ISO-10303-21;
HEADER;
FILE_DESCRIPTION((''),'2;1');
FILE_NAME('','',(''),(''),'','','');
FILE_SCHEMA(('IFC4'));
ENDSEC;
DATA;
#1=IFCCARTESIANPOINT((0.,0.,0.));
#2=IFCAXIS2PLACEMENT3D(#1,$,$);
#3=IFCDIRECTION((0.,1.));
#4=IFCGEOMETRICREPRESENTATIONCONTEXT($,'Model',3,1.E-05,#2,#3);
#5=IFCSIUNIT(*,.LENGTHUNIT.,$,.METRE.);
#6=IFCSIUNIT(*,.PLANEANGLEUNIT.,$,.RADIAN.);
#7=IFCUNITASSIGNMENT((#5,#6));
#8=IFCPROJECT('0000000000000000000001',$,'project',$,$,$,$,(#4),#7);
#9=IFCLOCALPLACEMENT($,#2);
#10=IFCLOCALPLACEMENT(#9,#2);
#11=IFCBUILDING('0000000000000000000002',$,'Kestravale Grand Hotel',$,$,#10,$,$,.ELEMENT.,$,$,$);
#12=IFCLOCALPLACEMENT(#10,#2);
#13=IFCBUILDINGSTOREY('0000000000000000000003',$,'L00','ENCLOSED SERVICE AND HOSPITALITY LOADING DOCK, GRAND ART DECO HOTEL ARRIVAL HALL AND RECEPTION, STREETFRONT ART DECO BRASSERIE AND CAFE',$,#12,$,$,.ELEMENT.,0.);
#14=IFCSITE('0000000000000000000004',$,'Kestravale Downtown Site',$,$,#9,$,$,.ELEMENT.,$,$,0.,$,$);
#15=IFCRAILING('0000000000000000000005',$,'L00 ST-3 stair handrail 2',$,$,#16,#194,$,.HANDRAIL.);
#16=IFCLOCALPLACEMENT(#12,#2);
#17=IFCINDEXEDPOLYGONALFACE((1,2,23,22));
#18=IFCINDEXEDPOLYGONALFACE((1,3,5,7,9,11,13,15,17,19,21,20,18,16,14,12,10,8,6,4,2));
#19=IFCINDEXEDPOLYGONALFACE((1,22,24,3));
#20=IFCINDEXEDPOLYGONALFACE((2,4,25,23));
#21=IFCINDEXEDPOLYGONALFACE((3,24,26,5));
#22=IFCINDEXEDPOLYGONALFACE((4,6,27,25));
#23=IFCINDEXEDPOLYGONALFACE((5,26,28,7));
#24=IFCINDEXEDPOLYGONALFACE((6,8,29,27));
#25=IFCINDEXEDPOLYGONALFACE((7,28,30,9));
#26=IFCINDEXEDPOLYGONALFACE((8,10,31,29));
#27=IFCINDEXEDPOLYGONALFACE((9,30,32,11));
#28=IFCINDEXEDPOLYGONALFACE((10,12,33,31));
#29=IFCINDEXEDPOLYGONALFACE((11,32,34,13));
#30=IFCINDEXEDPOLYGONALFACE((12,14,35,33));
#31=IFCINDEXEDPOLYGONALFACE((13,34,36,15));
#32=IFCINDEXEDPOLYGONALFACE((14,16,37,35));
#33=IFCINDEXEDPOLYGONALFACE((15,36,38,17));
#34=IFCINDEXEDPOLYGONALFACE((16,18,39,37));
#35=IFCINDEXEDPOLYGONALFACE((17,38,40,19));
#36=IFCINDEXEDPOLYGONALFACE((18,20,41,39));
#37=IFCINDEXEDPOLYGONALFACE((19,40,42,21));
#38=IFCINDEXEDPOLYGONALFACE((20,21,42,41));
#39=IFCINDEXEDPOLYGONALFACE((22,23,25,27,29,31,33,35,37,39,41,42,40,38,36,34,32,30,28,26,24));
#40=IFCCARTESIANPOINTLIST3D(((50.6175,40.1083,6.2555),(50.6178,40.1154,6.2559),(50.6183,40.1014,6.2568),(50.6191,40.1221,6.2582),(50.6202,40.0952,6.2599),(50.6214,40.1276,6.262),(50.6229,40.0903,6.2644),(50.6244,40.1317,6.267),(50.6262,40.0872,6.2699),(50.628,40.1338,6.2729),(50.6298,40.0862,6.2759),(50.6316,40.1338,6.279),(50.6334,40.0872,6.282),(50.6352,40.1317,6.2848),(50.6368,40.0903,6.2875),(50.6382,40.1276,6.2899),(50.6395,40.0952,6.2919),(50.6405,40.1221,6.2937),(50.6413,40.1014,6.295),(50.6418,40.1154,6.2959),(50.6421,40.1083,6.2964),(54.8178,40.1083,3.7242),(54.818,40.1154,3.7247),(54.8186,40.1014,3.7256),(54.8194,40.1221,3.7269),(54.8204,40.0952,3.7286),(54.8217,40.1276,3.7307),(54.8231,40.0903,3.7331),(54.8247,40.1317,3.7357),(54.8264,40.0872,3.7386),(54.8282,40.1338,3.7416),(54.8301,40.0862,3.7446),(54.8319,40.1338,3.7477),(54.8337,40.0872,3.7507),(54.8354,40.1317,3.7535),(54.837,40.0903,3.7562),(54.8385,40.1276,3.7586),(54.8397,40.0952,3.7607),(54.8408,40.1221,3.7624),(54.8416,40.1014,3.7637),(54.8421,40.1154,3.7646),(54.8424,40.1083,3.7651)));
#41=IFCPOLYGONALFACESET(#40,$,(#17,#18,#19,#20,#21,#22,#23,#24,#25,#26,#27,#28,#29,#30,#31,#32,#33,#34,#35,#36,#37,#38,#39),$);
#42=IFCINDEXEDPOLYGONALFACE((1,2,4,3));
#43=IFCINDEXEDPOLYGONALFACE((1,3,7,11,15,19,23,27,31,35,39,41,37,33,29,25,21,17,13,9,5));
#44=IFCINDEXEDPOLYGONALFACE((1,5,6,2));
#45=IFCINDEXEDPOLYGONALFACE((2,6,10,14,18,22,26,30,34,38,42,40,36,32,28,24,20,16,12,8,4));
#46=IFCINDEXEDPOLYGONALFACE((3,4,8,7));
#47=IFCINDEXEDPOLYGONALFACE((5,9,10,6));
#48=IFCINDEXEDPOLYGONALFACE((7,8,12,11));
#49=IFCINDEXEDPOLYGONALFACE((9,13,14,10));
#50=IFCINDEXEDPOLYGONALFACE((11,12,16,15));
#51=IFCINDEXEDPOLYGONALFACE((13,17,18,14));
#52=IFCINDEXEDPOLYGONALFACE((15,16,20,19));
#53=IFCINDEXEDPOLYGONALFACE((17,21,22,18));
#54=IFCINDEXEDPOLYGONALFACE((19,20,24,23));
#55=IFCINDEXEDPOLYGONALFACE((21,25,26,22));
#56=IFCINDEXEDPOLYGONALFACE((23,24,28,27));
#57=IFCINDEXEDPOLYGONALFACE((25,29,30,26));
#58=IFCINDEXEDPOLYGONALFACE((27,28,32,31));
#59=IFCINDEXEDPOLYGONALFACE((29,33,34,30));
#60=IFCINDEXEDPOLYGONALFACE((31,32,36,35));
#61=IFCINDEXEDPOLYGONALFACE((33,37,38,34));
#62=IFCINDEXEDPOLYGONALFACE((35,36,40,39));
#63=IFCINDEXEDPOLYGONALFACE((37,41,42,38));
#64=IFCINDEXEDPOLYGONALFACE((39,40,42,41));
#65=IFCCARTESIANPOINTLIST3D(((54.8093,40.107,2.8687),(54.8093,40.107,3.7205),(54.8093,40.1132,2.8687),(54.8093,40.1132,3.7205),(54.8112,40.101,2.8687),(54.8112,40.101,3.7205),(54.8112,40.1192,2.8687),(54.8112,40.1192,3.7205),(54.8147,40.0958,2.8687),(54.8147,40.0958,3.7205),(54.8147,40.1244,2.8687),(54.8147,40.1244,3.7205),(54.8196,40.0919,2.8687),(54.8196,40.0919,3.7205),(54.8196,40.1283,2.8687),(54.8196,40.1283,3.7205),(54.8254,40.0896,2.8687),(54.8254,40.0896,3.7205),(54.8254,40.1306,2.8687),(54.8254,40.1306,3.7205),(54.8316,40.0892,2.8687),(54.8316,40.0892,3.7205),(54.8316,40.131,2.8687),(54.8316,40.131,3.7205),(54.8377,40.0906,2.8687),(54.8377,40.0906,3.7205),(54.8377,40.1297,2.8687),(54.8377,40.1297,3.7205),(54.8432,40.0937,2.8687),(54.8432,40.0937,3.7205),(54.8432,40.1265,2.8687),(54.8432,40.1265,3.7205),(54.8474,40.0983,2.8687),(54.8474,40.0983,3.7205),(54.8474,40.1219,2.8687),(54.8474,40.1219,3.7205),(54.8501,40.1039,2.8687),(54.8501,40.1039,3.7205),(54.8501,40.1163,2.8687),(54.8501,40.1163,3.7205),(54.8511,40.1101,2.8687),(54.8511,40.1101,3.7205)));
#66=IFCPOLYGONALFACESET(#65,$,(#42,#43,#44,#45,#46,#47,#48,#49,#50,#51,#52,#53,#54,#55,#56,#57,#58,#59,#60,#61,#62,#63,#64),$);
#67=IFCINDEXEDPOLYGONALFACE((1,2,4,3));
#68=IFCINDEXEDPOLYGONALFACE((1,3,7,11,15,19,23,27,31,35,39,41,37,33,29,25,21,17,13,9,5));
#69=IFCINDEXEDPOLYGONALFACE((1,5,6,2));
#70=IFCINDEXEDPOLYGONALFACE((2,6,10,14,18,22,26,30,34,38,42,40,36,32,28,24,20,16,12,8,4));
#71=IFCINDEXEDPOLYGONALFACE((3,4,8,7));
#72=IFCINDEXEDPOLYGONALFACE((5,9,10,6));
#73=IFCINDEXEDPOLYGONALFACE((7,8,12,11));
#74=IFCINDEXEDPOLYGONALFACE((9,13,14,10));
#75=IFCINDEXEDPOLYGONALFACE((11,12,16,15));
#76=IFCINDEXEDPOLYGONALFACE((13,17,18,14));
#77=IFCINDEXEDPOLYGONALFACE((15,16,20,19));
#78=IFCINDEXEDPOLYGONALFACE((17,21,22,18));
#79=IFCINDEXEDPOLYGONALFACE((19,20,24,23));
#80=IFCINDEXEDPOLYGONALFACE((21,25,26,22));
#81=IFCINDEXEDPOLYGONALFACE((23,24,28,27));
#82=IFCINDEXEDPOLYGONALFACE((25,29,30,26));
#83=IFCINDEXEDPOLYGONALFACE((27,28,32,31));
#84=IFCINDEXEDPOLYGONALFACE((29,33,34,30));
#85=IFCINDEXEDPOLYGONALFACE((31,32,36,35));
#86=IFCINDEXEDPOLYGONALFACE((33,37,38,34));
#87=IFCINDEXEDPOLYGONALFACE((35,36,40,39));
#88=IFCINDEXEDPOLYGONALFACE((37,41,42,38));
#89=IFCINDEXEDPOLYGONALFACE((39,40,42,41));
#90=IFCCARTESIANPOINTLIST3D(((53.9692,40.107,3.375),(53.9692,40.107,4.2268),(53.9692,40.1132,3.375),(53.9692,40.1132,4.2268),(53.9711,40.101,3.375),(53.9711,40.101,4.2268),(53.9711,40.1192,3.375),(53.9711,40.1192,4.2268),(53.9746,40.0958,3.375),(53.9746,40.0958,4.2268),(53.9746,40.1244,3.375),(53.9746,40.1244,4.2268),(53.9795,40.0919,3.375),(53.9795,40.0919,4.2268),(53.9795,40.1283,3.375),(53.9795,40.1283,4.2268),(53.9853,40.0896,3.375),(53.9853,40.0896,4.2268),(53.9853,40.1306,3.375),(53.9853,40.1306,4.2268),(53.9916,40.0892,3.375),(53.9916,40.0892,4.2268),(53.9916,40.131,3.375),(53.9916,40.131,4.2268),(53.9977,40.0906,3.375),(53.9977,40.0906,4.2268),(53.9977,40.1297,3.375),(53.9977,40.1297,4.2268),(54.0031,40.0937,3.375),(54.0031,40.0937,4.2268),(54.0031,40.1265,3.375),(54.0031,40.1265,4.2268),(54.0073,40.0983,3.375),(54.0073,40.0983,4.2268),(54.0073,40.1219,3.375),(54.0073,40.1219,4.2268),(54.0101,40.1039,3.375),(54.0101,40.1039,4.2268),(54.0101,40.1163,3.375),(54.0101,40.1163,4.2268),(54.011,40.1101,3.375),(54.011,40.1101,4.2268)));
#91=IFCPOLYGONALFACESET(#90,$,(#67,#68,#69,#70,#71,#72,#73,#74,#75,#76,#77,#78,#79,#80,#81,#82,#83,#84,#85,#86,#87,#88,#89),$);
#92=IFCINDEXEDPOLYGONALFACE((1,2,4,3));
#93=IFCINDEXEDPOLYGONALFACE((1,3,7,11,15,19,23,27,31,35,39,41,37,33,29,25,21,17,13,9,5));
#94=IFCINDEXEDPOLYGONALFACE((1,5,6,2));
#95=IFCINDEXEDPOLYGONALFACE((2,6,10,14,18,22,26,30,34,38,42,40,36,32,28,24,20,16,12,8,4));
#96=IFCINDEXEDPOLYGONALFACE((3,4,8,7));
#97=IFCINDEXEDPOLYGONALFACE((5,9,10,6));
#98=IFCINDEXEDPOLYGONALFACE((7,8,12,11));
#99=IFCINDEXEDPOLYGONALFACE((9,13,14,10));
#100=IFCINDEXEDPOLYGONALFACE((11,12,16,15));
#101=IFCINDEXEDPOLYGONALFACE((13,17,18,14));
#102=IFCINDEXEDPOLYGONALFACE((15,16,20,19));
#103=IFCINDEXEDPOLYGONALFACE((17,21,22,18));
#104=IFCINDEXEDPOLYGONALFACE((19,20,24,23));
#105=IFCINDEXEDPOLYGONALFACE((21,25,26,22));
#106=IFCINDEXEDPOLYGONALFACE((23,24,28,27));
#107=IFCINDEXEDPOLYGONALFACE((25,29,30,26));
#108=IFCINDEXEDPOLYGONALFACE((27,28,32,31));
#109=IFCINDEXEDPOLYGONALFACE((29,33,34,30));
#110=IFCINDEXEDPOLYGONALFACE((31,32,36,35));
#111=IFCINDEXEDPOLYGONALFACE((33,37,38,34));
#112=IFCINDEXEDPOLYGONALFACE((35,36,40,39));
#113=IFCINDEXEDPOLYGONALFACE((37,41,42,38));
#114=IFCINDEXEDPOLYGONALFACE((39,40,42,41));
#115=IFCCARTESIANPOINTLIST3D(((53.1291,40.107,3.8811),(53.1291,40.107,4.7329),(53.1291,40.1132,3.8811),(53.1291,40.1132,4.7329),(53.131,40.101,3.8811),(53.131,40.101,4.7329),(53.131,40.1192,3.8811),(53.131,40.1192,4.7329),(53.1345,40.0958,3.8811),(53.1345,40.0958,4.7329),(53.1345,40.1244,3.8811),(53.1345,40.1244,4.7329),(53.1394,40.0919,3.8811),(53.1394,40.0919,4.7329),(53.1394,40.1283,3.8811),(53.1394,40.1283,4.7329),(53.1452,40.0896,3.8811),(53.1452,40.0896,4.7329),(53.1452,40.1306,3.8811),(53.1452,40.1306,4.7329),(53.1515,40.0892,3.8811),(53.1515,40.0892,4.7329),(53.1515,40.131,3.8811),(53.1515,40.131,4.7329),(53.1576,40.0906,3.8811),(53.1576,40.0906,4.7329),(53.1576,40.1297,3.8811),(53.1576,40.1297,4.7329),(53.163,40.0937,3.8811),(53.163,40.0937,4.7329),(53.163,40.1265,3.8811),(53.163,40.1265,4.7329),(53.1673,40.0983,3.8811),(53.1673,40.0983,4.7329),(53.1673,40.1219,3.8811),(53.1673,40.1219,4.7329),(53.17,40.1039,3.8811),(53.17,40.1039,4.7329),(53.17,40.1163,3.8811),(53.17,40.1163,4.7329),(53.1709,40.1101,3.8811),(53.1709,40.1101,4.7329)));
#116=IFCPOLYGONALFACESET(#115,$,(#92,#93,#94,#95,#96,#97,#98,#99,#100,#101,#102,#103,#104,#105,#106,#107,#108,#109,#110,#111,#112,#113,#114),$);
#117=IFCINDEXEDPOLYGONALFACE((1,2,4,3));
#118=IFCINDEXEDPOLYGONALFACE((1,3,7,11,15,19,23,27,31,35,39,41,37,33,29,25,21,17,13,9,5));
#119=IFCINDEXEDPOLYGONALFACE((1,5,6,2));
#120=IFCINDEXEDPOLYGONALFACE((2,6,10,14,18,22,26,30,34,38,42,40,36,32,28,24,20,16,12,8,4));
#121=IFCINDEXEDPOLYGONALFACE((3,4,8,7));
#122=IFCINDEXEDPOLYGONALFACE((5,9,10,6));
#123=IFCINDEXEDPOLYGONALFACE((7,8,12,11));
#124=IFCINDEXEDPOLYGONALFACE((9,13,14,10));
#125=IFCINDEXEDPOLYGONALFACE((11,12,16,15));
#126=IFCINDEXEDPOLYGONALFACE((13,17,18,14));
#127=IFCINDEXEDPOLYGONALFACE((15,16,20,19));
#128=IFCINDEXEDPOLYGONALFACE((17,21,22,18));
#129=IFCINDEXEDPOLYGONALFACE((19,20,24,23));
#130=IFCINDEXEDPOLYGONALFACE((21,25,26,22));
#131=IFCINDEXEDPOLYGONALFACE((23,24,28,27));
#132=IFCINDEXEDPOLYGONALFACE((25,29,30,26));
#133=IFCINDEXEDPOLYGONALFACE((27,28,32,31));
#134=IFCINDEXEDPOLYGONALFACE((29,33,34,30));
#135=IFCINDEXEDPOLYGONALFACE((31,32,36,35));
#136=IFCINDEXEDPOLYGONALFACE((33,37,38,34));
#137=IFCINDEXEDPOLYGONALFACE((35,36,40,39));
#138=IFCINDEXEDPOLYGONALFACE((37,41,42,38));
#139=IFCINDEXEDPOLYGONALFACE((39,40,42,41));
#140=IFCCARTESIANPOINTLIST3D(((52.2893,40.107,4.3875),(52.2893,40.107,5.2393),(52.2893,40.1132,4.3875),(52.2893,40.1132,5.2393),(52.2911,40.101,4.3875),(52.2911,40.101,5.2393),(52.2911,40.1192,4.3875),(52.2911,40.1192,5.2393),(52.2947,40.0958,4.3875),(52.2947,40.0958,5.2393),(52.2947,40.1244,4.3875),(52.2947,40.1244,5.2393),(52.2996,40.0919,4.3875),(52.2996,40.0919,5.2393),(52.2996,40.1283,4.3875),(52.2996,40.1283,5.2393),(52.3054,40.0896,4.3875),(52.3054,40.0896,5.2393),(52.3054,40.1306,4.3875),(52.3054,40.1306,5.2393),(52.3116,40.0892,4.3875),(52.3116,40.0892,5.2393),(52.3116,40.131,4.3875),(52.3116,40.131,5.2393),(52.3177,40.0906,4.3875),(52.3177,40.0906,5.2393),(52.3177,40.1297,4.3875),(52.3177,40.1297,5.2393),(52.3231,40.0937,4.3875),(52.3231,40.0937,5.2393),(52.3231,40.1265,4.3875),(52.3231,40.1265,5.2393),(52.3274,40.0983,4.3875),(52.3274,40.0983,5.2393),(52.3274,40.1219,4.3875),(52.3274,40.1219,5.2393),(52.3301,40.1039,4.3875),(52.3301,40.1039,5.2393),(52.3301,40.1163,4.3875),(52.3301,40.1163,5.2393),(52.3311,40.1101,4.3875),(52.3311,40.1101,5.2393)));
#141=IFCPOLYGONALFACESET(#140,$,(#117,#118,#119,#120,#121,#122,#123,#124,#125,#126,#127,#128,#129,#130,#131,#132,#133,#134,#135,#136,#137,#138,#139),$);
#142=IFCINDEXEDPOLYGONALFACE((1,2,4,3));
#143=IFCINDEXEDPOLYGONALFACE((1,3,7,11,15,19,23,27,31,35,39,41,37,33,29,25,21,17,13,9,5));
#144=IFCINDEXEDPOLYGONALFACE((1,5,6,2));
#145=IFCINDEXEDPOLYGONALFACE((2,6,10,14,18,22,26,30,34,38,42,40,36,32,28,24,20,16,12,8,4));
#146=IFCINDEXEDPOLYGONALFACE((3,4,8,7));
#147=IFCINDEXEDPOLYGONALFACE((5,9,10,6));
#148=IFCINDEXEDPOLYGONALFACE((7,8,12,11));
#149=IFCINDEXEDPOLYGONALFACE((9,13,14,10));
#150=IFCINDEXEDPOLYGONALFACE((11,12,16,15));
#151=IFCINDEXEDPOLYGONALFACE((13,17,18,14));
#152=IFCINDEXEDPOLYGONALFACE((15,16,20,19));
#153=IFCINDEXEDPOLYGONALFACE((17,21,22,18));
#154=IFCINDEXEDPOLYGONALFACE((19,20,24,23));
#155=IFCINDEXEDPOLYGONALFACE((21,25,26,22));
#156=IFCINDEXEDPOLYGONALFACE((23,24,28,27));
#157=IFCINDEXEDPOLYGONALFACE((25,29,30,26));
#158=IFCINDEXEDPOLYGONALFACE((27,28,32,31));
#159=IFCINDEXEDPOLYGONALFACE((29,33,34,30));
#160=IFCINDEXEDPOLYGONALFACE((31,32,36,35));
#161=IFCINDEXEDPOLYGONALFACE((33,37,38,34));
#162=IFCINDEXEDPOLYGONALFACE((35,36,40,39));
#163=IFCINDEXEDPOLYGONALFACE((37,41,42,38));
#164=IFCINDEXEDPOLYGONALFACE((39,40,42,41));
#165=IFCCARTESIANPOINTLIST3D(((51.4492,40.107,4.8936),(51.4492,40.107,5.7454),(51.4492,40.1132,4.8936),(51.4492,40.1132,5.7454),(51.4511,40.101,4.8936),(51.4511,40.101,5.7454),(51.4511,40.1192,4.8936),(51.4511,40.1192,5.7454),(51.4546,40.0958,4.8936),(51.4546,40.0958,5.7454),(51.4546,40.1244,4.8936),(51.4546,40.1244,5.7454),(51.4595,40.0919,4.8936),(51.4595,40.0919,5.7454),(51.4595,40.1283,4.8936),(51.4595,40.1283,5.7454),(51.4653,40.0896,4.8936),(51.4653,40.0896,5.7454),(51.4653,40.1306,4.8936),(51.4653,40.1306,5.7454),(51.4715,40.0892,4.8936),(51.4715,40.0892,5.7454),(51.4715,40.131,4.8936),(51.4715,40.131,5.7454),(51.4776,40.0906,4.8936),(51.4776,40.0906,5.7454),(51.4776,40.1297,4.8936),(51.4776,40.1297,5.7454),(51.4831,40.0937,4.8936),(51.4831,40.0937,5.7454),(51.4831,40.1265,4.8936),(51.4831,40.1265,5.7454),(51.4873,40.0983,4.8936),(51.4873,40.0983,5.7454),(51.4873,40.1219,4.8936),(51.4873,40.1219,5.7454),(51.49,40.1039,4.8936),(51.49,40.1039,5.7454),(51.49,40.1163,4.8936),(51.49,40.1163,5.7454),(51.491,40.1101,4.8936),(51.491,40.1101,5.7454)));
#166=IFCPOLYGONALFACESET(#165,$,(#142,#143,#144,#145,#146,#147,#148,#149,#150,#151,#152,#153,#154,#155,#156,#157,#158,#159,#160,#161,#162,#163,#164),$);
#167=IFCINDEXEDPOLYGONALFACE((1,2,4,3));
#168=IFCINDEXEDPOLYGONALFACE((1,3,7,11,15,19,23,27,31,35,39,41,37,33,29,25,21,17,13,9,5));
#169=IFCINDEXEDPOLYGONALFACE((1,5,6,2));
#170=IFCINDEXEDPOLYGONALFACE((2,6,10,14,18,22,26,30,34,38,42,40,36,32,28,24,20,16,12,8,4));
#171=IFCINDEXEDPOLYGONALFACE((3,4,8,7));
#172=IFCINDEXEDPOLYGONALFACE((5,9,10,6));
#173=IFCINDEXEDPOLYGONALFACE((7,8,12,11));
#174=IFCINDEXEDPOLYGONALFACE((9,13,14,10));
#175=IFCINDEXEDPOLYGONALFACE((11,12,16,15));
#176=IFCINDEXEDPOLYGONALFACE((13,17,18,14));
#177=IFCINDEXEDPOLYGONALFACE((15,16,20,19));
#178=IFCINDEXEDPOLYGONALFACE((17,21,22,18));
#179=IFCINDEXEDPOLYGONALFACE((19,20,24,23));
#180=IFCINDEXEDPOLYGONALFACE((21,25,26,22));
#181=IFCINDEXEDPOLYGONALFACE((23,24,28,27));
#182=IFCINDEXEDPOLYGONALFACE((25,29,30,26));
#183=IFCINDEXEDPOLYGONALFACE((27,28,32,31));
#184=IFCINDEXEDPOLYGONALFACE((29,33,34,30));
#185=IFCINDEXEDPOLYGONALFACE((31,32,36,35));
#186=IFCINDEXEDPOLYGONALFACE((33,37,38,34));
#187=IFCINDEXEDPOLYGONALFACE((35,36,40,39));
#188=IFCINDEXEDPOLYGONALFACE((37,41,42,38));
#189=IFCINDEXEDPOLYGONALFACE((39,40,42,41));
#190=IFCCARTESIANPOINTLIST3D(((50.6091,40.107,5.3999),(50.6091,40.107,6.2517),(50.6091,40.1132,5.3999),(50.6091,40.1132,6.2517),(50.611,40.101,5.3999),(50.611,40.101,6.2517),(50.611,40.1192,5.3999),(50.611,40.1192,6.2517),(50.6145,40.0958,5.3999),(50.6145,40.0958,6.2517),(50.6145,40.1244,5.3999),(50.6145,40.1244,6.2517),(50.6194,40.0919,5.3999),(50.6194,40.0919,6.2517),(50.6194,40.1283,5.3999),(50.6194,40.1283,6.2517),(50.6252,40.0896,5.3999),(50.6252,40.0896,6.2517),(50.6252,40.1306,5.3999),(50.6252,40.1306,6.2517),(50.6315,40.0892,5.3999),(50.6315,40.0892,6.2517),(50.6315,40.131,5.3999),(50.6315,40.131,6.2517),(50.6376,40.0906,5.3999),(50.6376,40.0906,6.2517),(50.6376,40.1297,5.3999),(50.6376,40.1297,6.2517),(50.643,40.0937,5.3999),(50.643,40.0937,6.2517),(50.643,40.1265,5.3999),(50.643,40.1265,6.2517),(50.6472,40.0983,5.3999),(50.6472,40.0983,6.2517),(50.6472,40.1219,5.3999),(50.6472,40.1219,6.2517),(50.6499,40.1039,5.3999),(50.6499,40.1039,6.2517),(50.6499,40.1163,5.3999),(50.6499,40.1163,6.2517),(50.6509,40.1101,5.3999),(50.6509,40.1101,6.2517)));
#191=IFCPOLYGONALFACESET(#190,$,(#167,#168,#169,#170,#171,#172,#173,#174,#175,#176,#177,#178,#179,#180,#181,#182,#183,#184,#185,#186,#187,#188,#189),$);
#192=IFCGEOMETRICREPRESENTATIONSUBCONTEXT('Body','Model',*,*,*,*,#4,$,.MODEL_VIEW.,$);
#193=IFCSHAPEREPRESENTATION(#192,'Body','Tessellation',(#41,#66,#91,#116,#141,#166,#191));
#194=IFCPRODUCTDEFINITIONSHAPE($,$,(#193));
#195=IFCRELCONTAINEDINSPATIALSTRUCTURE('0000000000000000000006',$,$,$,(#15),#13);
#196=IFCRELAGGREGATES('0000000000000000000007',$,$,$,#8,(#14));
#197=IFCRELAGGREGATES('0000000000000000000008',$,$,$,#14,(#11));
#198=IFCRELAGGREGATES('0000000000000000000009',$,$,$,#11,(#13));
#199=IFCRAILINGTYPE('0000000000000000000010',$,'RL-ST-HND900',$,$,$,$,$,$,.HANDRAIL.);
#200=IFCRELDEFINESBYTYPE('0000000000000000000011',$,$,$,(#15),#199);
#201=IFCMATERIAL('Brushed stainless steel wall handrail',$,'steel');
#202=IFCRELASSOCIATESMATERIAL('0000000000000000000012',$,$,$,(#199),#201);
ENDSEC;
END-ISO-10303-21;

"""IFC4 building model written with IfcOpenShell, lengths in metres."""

from ifc_helpers import new_model, si_unit, direction, frame, origin, origin_2d, place, context, subcontext, project, spatial, circle, extrude, material, type_object, element, save


model = new_model("IFC4")

# Units and contexts
model_context = context("Model", 3, precision=1e-05, world=origin(), true_north=direction((0.0, 1.0)))
body_context = subcontext(model_context, "Body", "Model", "MODEL_VIEW")
ifc_project = project(units=[si_unit("LENGTHUNIT", "METRE"), si_unit("PLANEANGLEUNIT", "RADIAN")], contexts=[model_context])

# Site, building, storey
site_placement = place(None, origin())
site = spatial("IfcSite", under=ifc_project, at=site_placement, Name="Kestravale Downtown Site", CompositionType="ELEMENT", RefElevation=0.0)
building_placement = place(site_placement, origin())
building = spatial("IfcBuilding", under=site, at=building_placement, Name="Kestravale Grand Hotel", CompositionType="ELEMENT")
storey_placement = place(building_placement, origin())
storey = spatial("IfcBuildingStorey", under=building, at=storey_placement, Name="L00", Description="ENCLOSED SERVICE AND HOSPITALITY LOADING DOCK, GRAND ART DECO HOTEL ARRIVAL HALL AND RECEPTION, STREETFRONT ART DECO BRASSERIE AND CAFE", CompositionType="ELEMENT", Elevation=0.0)

# Railing
ifc_material_1 = material(Name="Brushed stainless steel wall handrail", Category="steel")
railing_type_1 = type_object("IfcRailingType", Name="RL-ST-HND900", PredefinedType="HANDRAIL", material=ifc_material_1)
railing_1_placement = place(storey_placement, frame((54.8301, 40.1101, 2.8687)))
element("IfcRailing", 1, at=railing_1_placement, inside=storey, type_object=railing_type_1, Name="L00 ST-3 stair handrail 2", PredefinedType="HANDRAIL", context=body_context, shape_type="SweptSolid", body=[
    extrude(circle(Radius=0.0239, at=origin_2d()), frame((0.0, 0.0, 0.876), z_axis=(-0.85649, 0.0, 0.516164), x_axis=(0.0, -1.0, 0.0)), (0.0, 0.0, 1.0), 4.9041),
    extrude(circle(Radius=0.021, at=origin_2d()), origin(), (0.0, 0.0, 1.0), 0.8518),
    extrude(circle(Radius=0.021, at=origin_2d()), frame((-0.8401, 0.0, 0.5063)), (0.0, 0.0, 1.0), 0.8518),
    extrude(circle(Radius=0.021, at=origin_2d()), frame((-1.6802, 0.0, 1.0125)), (0.0, 0.0, 1.0), 0.8518),
    extrude(circle(Radius=0.021, at=origin_2d()), frame((-2.52, 0.0, 1.5188)), (0.0, 0.0, 1.0), 0.8518),
    extrude(circle(Radius=0.021, at=origin_2d()), frame((-3.3601, 0.0, 2.0249)), (0.0, 0.0, 1.0), 0.8518),
    extrude(circle(Radius=0.021, at=origin_2d()), frame((-4.2002, 0.0, 2.5312)), (0.0, 0.0, 1.0), 0.8518),
])

save(model, "model.ifc")
